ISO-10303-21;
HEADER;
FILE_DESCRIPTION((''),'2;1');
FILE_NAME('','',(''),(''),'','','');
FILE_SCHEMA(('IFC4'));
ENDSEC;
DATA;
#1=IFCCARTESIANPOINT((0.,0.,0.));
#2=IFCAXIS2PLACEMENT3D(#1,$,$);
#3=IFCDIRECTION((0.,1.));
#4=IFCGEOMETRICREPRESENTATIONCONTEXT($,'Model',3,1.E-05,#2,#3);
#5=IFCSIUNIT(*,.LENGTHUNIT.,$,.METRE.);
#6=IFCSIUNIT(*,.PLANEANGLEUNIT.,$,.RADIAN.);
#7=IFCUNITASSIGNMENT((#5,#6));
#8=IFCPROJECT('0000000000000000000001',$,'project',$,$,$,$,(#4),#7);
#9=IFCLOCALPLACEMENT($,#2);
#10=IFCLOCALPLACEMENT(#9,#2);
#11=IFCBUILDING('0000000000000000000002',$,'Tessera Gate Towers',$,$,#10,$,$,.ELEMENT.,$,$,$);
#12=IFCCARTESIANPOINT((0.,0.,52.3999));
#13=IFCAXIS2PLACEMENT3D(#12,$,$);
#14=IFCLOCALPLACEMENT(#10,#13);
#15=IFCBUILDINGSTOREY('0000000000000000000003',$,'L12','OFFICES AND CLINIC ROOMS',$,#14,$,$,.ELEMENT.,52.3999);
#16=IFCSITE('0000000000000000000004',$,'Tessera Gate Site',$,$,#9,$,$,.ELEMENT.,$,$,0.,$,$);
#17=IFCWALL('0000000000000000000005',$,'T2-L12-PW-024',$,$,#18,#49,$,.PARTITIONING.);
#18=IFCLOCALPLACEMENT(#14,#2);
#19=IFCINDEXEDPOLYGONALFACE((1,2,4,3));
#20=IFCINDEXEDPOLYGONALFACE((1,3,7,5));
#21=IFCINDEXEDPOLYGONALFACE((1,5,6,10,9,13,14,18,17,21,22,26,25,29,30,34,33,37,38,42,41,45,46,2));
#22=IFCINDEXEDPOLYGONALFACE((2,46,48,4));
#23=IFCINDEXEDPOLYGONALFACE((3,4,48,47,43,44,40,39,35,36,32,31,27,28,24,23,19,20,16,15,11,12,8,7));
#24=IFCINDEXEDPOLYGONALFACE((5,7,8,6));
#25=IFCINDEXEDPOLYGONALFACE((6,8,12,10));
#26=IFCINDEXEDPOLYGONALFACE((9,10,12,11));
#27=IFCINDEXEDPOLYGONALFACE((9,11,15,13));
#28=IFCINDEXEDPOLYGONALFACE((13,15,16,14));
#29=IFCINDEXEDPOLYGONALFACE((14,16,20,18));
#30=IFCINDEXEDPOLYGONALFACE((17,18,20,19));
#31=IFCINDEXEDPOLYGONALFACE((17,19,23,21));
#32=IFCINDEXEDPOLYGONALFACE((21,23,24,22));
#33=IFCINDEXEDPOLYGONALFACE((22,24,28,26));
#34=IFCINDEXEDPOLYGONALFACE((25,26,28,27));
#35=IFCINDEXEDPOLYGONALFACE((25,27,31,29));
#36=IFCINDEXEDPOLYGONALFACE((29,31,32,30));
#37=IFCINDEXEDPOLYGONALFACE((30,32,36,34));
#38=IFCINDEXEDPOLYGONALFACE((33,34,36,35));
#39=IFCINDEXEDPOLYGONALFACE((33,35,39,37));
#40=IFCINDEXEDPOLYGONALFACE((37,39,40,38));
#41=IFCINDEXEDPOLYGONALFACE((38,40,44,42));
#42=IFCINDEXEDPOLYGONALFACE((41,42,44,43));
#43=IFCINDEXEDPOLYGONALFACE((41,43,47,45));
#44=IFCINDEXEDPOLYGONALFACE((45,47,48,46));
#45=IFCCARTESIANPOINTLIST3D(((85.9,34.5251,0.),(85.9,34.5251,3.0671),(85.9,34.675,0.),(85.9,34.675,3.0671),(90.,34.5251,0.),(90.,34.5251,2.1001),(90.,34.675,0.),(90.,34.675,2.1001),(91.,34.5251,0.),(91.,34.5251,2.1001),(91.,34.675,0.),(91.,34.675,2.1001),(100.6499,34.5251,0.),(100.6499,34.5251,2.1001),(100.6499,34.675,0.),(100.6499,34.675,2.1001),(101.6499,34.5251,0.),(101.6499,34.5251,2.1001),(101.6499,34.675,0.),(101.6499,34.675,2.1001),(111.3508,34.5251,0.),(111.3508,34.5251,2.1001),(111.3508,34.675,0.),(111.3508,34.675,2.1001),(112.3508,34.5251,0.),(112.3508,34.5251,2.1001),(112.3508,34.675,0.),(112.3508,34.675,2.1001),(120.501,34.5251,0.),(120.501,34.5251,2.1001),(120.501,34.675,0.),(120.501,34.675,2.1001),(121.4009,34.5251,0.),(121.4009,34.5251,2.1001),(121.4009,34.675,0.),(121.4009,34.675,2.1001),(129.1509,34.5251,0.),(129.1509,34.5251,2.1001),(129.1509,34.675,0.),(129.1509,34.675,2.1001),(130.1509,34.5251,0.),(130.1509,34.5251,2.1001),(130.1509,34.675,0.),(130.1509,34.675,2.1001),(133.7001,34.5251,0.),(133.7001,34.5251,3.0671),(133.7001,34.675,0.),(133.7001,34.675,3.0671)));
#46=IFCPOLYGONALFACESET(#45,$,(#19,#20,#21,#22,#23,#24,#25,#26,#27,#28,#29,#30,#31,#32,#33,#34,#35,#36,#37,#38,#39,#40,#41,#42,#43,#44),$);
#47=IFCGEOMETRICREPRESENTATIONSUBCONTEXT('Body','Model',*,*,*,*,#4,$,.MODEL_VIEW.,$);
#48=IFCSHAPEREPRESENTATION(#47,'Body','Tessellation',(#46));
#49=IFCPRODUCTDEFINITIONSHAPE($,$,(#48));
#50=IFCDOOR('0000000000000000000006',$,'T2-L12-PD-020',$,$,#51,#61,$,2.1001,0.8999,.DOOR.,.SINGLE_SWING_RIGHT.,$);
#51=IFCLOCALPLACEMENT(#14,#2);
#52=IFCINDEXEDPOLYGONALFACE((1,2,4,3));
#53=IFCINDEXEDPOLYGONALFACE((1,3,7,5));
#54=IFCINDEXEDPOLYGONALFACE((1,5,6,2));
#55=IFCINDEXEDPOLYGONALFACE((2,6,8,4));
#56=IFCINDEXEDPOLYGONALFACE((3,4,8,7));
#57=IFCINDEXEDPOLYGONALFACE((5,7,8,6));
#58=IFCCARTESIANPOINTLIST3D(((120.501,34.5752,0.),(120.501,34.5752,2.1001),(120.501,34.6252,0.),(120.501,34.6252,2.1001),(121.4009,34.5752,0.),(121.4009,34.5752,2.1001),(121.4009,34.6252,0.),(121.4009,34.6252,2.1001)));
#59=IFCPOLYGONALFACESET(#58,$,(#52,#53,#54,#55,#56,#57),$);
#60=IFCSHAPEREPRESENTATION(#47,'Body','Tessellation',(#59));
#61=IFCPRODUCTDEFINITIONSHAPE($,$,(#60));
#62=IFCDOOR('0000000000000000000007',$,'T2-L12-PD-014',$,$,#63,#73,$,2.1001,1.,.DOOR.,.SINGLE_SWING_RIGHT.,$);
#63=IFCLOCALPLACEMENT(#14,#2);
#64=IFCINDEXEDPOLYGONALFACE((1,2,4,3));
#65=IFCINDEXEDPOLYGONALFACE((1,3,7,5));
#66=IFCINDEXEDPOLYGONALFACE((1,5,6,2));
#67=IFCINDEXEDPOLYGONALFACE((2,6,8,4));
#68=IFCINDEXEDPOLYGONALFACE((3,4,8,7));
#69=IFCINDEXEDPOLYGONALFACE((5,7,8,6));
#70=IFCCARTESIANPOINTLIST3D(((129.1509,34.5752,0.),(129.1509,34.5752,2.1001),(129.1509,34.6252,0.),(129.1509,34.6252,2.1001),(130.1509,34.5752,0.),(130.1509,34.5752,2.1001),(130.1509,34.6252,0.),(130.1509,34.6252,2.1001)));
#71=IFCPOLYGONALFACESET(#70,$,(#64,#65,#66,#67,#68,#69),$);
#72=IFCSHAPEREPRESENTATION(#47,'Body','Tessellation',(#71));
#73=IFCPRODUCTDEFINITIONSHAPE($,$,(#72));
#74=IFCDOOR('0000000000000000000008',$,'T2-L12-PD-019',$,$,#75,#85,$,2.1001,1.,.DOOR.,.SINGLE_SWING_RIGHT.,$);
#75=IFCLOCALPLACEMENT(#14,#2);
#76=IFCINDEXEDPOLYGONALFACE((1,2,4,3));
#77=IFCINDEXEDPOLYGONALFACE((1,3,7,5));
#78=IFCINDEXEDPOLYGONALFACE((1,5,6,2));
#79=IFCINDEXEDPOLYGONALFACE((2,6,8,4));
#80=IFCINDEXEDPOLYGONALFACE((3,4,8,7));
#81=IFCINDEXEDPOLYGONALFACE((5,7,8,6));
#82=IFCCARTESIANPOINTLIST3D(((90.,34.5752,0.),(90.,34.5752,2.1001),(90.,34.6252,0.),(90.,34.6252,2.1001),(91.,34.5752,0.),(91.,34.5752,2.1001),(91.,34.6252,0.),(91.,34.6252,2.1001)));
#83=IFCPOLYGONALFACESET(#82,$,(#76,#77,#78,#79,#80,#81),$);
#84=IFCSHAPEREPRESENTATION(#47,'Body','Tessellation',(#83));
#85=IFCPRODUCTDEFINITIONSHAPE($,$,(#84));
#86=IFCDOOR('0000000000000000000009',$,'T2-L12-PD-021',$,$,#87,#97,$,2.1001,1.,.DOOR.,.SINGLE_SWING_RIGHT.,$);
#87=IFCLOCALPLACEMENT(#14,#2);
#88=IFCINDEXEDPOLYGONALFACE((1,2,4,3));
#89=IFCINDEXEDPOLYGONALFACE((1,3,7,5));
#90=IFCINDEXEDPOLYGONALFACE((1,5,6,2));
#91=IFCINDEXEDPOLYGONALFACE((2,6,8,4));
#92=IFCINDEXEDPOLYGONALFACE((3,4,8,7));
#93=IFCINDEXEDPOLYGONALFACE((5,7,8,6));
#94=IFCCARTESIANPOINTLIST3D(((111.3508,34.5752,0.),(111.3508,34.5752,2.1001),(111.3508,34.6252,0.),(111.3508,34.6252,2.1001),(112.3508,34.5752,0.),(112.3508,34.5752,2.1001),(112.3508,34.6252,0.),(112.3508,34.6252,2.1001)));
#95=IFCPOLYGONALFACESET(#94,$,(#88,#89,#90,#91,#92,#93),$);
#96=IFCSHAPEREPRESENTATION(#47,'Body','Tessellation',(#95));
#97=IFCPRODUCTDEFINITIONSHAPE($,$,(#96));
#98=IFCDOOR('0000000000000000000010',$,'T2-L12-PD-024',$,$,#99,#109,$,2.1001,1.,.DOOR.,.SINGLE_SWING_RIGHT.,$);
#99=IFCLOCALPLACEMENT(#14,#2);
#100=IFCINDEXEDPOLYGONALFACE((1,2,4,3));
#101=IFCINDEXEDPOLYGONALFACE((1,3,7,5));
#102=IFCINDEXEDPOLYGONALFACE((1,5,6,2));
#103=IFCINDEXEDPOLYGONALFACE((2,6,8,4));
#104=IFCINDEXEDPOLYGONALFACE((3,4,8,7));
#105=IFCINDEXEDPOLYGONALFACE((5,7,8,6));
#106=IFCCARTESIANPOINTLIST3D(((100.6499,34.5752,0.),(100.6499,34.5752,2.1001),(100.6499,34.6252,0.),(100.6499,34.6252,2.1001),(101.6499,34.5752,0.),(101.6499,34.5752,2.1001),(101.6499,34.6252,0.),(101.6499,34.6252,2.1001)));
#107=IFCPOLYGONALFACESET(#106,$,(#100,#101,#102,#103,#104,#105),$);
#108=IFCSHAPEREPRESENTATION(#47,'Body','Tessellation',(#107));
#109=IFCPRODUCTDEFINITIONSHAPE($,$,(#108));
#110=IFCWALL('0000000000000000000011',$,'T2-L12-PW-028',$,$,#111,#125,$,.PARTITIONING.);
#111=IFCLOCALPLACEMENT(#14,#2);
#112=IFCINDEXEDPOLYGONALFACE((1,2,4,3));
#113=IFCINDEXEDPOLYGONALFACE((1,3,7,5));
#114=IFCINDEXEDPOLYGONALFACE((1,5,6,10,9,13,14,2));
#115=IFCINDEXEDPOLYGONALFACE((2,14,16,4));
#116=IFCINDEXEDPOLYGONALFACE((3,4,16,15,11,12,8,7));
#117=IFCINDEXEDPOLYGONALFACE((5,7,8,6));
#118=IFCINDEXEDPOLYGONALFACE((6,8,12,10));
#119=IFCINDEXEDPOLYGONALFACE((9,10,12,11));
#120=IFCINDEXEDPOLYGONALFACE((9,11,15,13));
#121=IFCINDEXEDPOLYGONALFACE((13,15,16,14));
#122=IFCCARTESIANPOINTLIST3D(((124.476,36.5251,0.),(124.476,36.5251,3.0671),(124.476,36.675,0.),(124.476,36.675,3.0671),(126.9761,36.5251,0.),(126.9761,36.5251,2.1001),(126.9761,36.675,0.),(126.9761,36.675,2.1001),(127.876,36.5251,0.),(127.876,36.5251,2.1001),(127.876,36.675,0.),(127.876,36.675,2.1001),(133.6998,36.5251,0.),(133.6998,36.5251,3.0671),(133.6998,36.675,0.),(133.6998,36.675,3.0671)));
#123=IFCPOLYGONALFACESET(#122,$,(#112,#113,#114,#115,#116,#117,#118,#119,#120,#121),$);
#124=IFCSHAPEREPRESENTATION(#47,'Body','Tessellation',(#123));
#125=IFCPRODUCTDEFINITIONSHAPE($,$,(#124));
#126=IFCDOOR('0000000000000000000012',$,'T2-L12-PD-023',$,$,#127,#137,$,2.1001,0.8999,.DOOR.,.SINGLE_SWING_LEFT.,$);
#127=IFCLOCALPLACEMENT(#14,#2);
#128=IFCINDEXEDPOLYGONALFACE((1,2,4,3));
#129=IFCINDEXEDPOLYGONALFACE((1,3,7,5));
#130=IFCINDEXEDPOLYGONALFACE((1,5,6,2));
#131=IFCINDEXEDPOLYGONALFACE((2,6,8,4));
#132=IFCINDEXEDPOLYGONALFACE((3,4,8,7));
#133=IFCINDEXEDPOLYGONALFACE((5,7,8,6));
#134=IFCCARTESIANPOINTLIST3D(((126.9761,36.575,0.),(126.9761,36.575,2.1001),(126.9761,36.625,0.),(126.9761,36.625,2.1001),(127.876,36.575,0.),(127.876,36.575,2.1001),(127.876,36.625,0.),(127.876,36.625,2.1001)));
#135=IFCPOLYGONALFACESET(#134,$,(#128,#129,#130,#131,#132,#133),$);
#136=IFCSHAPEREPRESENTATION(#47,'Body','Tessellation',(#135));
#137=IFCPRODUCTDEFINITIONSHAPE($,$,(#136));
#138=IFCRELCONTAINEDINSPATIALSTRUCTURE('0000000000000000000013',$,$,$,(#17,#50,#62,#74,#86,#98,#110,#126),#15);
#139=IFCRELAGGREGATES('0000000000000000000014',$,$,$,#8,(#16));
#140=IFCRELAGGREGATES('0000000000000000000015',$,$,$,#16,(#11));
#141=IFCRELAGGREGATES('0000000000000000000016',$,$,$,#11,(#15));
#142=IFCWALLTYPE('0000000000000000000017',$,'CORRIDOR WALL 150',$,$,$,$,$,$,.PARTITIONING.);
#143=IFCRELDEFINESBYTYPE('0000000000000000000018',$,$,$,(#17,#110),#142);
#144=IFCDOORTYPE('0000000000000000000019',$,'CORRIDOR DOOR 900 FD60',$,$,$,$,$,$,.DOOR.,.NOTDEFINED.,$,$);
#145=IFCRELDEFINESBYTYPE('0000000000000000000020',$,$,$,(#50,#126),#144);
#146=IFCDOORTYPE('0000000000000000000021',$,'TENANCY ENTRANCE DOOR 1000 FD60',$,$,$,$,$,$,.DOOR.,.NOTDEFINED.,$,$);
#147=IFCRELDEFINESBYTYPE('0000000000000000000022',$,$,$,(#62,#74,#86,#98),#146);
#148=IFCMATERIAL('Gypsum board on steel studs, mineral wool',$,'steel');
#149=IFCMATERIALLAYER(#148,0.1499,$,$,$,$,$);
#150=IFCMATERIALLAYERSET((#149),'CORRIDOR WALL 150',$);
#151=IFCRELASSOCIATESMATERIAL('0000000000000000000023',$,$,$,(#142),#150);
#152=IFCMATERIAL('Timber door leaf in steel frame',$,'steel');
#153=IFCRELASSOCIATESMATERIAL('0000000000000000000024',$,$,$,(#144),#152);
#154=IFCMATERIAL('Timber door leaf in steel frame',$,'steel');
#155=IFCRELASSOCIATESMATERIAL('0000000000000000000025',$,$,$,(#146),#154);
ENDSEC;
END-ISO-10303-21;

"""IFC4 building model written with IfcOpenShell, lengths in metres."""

from ifc_helpers import new_model, si_unit, direction, frame, frame_2d, origin, place, context, subcontext, project, spatial, rectangle, extrude, source, transform, mapped, material, layer, layer_set, type_object, element, fill, save


model = new_model("IFC4")

# Units and contexts
model_context = context("Model", 3, precision=1e-05, world=origin(), true_north=direction((0.0, 1.0)))
body_context = subcontext(model_context, "Body", "Model", "MODEL_VIEW")
ifc_project = project(units=[si_unit("LENGTHUNIT", "METRE"), si_unit("PLANEANGLEUNIT", "RADIAN")], contexts=[model_context])

# Site, building, storey
site_placement = place(None, origin())
site = spatial("IfcSite", under=ifc_project, at=site_placement, Name="Tessera Gate Site", CompositionType="ELEMENT", RefElevation=0.0)
building_placement = place(site_placement, origin())
building = spatial("IfcBuilding", under=site, at=building_placement, Name="Tessera Gate Towers", CompositionType="ELEMENT")
storey_placement = place(building_placement, frame((0.0, 0.0, 52.3999)))
storey = spatial("IfcBuildingStorey", under=building, at=storey_placement, Name="L12", Description="OFFICES AND CLINIC ROOMS", CompositionType="ELEMENT", Elevation=52.3999)

# Wall, openings, doors
ifc_material_1 = material(Name="Gypsum board on steel studs, mineral wool", Category="steel")
ifc_layer_1 = layer(ifc_material_1, 0.1499)
ifc_layer_set_1 = layer_set([ifc_layer_1], Name="CORRIDOR WALL 150")
wall_type_1 = type_object("IfcWallType", Name="CORRIDOR WALL 150", PredefinedType="PARTITIONING", material=ifc_layer_set_1)
wall_1_placement = place(storey_placement, frame((133.7, 34.6001, 0.0), z_axis=(0.0, 0.0, 1.0), x_axis=(-1.0, 0.0, 0.0)))
wall_1 = element("IfcWall", 1, at=wall_1_placement, inside=storey, type_object=wall_type_1, Name="T2-L12-PW-024", PredefinedType="PARTITIONING", context=body_context, shape_type="SweptSolid", body=[
    extrude(rectangle(XDim=47.8, YDim=0.1499, at=frame_2d((23.8999, 0.0))), origin(), (0.0, 0.0, 1.0), 3.0671),
])
shared_shape_1 = source(origin(), body_context, "Body", "SweptSolid", [
    extrude(rectangle(XDim=1.0, YDim=2.1001, at=frame_2d((0.5, 1.05))), frame((0.0, 0.085, 0.0), z_axis=(0.0, -1.0, 0.0), x_axis=(1.0, 0.0, 0.0)), (0.0, 0.0, 1.0), 0.1699),
])
opening_1_placement = place(wall_1_placement, frame((3.5491, 0.0, 0.0)))
opening_1 = element("IfcOpeningElement", 2, at=opening_1_placement, cuts=wall_1, PredefinedType="OPENING", context=body_context, shape_type="MappedRepresentation", body=[
    mapped(shared_shape_1, transform((0.0, 0.0, 0.0), scale=1.0)),
])
opening_2_placement = place(wall_1_placement, frame((42.7, 0.0, 0.0)))
opening_2 = element("IfcOpeningElement", 3, at=opening_2_placement, cuts=wall_1, PredefinedType="OPENING", context=body_context, shape_type="MappedRepresentation", body=[
    mapped(shared_shape_1, transform((0.0, 0.0, 0.0), scale=1.0)),
])
shared_shape_2 = source(origin(), body_context, "Body", "SweptSolid", [
    extrude(rectangle(XDim=0.8999, YDim=2.1001, at=frame_2d((0.45, 1.05))), frame((0.0, 0.085, 0.0), z_axis=(0.0, -1.0, 0.0), x_axis=(1.0, 0.0, 0.0)), (0.0, 0.0, 1.0), 0.1699),
])
opening_3_placement = place(wall_1_placement, frame((12.2991, 0.0, 0.0)))
opening_3 = element("IfcOpeningElement", 4, at=opening_3_placement, cuts=wall_1, PredefinedType="OPENING", context=body_context, shape_type="MappedRepresentation", body=[
    mapped(shared_shape_2, transform((0.0, 0.0, 0.0), scale=1.0)),
])
opening_4_placement = place(wall_1_placement, frame((21.3491, 0.0, 0.0)))
opening_4 = element("IfcOpeningElement", 5, at=opening_4_placement, cuts=wall_1, PredefinedType="OPENING", context=body_context, shape_type="MappedRepresentation", body=[
    mapped(shared_shape_1, transform((0.0, 0.0, 0.0), scale=1.0)),
])
opening_5_placement = place(wall_1_placement, frame((32.05, 0.0, 0.0)))
opening_5 = element("IfcOpeningElement", 6, at=opening_5_placement, cuts=wall_1, PredefinedType="OPENING", context=body_context, shape_type="MappedRepresentation", body=[
    mapped(shared_shape_1, transform((0.0, 0.0, 0.0), scale=1.0)),
])
ifc_material_2 = material(Name="Timber door leaf in steel frame", Category="steel")
door_type_1 = type_object("IfcDoorType", Name="CORRIDOR DOOR 900 FD60", OperationType="NOTDEFINED", PredefinedType="DOOR", material=ifc_material_2)
shared_shape_3 = source(origin(), body_context, "Body", "SweptSolid", [
    extrude(rectangle(XDim=0.8999, YDim=2.1001, at=frame_2d((0.45, 1.05))), frame((0.0, 0.0249, 0.0), z_axis=(0.0, -1.0, 0.0), x_axis=(1.0, 0.0, 0.0)), (0.0, 0.0, 1.0), 0.05),
])
door_1_placement = place(opening_3_placement, origin())
door_1 = element("IfcDoor", 7, at=door_1_placement, inside=storey, type_object=door_type_1, Name="T2-L12-PD-020", OperationType="SINGLE_SWING_RIGHT", OverallHeight=2.1001, OverallWidth=0.8999, PredefinedType="DOOR", context=body_context, shape_type="MappedRepresentation", body=[
    mapped(shared_shape_3, transform((0.0, 0.0, 0.0), scale=1.0)),
])
fill(opening_3, door_1)
ifc_material_3 = material(Name="Timber door leaf in steel frame", Category="steel")
door_type_2 = type_object("IfcDoorType", Name="TENANCY ENTRANCE DOOR 1000 FD60", OperationType="NOTDEFINED", PredefinedType="DOOR", material=ifc_material_3)
shared_shape_4 = source(origin(), body_context, "Body", "SweptSolid", [
    extrude(rectangle(XDim=1.0, YDim=2.1001, at=frame_2d((0.5, 1.05))), frame((0.0, 0.0249, 0.0), z_axis=(0.0, -1.0, 0.0), x_axis=(1.0, 0.0, 0.0)), (0.0, 0.0, 1.0), 0.05),
])
door_2_placement = place(opening_1_placement, origin())
door_2 = element("IfcDoor", 8, at=door_2_placement, inside=storey, type_object=door_type_2, Name="T2-L12-PD-014", OperationType="SINGLE_SWING_RIGHT", OverallHeight=2.1001, OverallWidth=1.0, PredefinedType="DOOR", context=body_context, shape_type="MappedRepresentation", body=[
    mapped(shared_shape_4, transform((0.0, 0.0, 0.0), scale=1.0)),
])
fill(opening_1, door_2)
door_3_placement = place(opening_2_placement, origin())
door_3 = element("IfcDoor", 9, at=door_3_placement, inside=storey, type_object=door_type_2, Name="T2-L12-PD-019", OperationType="SINGLE_SWING_RIGHT", OverallHeight=2.1001, OverallWidth=1.0, PredefinedType="DOOR", context=body_context, shape_type="MappedRepresentation", body=[
    mapped(shared_shape_4, transform((0.0, 0.0, 0.0), scale=1.0)),
])
fill(opening_2, door_3)
door_4_placement = place(opening_4_placement, origin())
door_4 = element("IfcDoor", 10, at=door_4_placement, inside=storey, type_object=door_type_2, Name="T2-L12-PD-021", OperationType="SINGLE_SWING_RIGHT", OverallHeight=2.1001, OverallWidth=1.0, PredefinedType="DOOR", context=body_context, shape_type="MappedRepresentation", body=[
    mapped(shared_shape_4, transform((0.0, 0.0, 0.0), scale=1.0)),
])
fill(opening_4, door_4)
door_5_placement = place(opening_5_placement, origin())
door_5 = element("IfcDoor", 11, at=door_5_placement, inside=storey, type_object=door_type_2, Name="T2-L12-PD-024", OperationType="SINGLE_SWING_RIGHT", OverallHeight=2.1001, OverallWidth=1.0, PredefinedType="DOOR", context=body_context, shape_type="MappedRepresentation", body=[
    mapped(shared_shape_4, transform((0.0, 0.0, 0.0), scale=1.0)),
])
fill(opening_5, door_5)

# Wall, opening, door
wall_2_placement = place(storey_placement, frame((124.4761, 36.6001, 0.0), z_axis=(0.0, 0.0, 1.0), x_axis=(1.0, 0.0, 0.0)))
wall_2 = element("IfcWall", 12, at=wall_2_placement, inside=storey, type_object=wall_type_1, Name="T2-L12-PW-028", PredefinedType="PARTITIONING", context=body_context, shape_type="SweptSolid", body=[
    extrude(rectangle(XDim=9.2239, YDim=0.1499, at=frame_2d((4.6118, 0.0))), origin(), (0.0, 0.0, 1.0), 3.0671),
])
opening_6_placement = place(wall_2_placement, frame((2.5, 0.0, 0.0)))
opening_6 = element("IfcOpeningElement", 13, at=opening_6_placement, cuts=wall_2, PredefinedType="OPENING", context=body_context, shape_type="MappedRepresentation", body=[
    mapped(shared_shape_2, transform((0.0, 0.0, 0.0), scale=1.0)),
])
door_6_placement = place(opening_6_placement, origin())
door_6 = element("IfcDoor", 14, at=door_6_placement, inside=storey, type_object=door_type_1, Name="T2-L12-PD-023", OperationType="SINGLE_SWING_LEFT", OverallHeight=2.1001, OverallWidth=0.8999, PredefinedType="DOOR", context=body_context, shape_type="MappedRepresentation", body=[
    mapped(shared_shape_3, transform((0.0, 0.0, 0.0), scale=1.0)),
])
fill(opening_6, door_6)

save(model, "model.ifc")
